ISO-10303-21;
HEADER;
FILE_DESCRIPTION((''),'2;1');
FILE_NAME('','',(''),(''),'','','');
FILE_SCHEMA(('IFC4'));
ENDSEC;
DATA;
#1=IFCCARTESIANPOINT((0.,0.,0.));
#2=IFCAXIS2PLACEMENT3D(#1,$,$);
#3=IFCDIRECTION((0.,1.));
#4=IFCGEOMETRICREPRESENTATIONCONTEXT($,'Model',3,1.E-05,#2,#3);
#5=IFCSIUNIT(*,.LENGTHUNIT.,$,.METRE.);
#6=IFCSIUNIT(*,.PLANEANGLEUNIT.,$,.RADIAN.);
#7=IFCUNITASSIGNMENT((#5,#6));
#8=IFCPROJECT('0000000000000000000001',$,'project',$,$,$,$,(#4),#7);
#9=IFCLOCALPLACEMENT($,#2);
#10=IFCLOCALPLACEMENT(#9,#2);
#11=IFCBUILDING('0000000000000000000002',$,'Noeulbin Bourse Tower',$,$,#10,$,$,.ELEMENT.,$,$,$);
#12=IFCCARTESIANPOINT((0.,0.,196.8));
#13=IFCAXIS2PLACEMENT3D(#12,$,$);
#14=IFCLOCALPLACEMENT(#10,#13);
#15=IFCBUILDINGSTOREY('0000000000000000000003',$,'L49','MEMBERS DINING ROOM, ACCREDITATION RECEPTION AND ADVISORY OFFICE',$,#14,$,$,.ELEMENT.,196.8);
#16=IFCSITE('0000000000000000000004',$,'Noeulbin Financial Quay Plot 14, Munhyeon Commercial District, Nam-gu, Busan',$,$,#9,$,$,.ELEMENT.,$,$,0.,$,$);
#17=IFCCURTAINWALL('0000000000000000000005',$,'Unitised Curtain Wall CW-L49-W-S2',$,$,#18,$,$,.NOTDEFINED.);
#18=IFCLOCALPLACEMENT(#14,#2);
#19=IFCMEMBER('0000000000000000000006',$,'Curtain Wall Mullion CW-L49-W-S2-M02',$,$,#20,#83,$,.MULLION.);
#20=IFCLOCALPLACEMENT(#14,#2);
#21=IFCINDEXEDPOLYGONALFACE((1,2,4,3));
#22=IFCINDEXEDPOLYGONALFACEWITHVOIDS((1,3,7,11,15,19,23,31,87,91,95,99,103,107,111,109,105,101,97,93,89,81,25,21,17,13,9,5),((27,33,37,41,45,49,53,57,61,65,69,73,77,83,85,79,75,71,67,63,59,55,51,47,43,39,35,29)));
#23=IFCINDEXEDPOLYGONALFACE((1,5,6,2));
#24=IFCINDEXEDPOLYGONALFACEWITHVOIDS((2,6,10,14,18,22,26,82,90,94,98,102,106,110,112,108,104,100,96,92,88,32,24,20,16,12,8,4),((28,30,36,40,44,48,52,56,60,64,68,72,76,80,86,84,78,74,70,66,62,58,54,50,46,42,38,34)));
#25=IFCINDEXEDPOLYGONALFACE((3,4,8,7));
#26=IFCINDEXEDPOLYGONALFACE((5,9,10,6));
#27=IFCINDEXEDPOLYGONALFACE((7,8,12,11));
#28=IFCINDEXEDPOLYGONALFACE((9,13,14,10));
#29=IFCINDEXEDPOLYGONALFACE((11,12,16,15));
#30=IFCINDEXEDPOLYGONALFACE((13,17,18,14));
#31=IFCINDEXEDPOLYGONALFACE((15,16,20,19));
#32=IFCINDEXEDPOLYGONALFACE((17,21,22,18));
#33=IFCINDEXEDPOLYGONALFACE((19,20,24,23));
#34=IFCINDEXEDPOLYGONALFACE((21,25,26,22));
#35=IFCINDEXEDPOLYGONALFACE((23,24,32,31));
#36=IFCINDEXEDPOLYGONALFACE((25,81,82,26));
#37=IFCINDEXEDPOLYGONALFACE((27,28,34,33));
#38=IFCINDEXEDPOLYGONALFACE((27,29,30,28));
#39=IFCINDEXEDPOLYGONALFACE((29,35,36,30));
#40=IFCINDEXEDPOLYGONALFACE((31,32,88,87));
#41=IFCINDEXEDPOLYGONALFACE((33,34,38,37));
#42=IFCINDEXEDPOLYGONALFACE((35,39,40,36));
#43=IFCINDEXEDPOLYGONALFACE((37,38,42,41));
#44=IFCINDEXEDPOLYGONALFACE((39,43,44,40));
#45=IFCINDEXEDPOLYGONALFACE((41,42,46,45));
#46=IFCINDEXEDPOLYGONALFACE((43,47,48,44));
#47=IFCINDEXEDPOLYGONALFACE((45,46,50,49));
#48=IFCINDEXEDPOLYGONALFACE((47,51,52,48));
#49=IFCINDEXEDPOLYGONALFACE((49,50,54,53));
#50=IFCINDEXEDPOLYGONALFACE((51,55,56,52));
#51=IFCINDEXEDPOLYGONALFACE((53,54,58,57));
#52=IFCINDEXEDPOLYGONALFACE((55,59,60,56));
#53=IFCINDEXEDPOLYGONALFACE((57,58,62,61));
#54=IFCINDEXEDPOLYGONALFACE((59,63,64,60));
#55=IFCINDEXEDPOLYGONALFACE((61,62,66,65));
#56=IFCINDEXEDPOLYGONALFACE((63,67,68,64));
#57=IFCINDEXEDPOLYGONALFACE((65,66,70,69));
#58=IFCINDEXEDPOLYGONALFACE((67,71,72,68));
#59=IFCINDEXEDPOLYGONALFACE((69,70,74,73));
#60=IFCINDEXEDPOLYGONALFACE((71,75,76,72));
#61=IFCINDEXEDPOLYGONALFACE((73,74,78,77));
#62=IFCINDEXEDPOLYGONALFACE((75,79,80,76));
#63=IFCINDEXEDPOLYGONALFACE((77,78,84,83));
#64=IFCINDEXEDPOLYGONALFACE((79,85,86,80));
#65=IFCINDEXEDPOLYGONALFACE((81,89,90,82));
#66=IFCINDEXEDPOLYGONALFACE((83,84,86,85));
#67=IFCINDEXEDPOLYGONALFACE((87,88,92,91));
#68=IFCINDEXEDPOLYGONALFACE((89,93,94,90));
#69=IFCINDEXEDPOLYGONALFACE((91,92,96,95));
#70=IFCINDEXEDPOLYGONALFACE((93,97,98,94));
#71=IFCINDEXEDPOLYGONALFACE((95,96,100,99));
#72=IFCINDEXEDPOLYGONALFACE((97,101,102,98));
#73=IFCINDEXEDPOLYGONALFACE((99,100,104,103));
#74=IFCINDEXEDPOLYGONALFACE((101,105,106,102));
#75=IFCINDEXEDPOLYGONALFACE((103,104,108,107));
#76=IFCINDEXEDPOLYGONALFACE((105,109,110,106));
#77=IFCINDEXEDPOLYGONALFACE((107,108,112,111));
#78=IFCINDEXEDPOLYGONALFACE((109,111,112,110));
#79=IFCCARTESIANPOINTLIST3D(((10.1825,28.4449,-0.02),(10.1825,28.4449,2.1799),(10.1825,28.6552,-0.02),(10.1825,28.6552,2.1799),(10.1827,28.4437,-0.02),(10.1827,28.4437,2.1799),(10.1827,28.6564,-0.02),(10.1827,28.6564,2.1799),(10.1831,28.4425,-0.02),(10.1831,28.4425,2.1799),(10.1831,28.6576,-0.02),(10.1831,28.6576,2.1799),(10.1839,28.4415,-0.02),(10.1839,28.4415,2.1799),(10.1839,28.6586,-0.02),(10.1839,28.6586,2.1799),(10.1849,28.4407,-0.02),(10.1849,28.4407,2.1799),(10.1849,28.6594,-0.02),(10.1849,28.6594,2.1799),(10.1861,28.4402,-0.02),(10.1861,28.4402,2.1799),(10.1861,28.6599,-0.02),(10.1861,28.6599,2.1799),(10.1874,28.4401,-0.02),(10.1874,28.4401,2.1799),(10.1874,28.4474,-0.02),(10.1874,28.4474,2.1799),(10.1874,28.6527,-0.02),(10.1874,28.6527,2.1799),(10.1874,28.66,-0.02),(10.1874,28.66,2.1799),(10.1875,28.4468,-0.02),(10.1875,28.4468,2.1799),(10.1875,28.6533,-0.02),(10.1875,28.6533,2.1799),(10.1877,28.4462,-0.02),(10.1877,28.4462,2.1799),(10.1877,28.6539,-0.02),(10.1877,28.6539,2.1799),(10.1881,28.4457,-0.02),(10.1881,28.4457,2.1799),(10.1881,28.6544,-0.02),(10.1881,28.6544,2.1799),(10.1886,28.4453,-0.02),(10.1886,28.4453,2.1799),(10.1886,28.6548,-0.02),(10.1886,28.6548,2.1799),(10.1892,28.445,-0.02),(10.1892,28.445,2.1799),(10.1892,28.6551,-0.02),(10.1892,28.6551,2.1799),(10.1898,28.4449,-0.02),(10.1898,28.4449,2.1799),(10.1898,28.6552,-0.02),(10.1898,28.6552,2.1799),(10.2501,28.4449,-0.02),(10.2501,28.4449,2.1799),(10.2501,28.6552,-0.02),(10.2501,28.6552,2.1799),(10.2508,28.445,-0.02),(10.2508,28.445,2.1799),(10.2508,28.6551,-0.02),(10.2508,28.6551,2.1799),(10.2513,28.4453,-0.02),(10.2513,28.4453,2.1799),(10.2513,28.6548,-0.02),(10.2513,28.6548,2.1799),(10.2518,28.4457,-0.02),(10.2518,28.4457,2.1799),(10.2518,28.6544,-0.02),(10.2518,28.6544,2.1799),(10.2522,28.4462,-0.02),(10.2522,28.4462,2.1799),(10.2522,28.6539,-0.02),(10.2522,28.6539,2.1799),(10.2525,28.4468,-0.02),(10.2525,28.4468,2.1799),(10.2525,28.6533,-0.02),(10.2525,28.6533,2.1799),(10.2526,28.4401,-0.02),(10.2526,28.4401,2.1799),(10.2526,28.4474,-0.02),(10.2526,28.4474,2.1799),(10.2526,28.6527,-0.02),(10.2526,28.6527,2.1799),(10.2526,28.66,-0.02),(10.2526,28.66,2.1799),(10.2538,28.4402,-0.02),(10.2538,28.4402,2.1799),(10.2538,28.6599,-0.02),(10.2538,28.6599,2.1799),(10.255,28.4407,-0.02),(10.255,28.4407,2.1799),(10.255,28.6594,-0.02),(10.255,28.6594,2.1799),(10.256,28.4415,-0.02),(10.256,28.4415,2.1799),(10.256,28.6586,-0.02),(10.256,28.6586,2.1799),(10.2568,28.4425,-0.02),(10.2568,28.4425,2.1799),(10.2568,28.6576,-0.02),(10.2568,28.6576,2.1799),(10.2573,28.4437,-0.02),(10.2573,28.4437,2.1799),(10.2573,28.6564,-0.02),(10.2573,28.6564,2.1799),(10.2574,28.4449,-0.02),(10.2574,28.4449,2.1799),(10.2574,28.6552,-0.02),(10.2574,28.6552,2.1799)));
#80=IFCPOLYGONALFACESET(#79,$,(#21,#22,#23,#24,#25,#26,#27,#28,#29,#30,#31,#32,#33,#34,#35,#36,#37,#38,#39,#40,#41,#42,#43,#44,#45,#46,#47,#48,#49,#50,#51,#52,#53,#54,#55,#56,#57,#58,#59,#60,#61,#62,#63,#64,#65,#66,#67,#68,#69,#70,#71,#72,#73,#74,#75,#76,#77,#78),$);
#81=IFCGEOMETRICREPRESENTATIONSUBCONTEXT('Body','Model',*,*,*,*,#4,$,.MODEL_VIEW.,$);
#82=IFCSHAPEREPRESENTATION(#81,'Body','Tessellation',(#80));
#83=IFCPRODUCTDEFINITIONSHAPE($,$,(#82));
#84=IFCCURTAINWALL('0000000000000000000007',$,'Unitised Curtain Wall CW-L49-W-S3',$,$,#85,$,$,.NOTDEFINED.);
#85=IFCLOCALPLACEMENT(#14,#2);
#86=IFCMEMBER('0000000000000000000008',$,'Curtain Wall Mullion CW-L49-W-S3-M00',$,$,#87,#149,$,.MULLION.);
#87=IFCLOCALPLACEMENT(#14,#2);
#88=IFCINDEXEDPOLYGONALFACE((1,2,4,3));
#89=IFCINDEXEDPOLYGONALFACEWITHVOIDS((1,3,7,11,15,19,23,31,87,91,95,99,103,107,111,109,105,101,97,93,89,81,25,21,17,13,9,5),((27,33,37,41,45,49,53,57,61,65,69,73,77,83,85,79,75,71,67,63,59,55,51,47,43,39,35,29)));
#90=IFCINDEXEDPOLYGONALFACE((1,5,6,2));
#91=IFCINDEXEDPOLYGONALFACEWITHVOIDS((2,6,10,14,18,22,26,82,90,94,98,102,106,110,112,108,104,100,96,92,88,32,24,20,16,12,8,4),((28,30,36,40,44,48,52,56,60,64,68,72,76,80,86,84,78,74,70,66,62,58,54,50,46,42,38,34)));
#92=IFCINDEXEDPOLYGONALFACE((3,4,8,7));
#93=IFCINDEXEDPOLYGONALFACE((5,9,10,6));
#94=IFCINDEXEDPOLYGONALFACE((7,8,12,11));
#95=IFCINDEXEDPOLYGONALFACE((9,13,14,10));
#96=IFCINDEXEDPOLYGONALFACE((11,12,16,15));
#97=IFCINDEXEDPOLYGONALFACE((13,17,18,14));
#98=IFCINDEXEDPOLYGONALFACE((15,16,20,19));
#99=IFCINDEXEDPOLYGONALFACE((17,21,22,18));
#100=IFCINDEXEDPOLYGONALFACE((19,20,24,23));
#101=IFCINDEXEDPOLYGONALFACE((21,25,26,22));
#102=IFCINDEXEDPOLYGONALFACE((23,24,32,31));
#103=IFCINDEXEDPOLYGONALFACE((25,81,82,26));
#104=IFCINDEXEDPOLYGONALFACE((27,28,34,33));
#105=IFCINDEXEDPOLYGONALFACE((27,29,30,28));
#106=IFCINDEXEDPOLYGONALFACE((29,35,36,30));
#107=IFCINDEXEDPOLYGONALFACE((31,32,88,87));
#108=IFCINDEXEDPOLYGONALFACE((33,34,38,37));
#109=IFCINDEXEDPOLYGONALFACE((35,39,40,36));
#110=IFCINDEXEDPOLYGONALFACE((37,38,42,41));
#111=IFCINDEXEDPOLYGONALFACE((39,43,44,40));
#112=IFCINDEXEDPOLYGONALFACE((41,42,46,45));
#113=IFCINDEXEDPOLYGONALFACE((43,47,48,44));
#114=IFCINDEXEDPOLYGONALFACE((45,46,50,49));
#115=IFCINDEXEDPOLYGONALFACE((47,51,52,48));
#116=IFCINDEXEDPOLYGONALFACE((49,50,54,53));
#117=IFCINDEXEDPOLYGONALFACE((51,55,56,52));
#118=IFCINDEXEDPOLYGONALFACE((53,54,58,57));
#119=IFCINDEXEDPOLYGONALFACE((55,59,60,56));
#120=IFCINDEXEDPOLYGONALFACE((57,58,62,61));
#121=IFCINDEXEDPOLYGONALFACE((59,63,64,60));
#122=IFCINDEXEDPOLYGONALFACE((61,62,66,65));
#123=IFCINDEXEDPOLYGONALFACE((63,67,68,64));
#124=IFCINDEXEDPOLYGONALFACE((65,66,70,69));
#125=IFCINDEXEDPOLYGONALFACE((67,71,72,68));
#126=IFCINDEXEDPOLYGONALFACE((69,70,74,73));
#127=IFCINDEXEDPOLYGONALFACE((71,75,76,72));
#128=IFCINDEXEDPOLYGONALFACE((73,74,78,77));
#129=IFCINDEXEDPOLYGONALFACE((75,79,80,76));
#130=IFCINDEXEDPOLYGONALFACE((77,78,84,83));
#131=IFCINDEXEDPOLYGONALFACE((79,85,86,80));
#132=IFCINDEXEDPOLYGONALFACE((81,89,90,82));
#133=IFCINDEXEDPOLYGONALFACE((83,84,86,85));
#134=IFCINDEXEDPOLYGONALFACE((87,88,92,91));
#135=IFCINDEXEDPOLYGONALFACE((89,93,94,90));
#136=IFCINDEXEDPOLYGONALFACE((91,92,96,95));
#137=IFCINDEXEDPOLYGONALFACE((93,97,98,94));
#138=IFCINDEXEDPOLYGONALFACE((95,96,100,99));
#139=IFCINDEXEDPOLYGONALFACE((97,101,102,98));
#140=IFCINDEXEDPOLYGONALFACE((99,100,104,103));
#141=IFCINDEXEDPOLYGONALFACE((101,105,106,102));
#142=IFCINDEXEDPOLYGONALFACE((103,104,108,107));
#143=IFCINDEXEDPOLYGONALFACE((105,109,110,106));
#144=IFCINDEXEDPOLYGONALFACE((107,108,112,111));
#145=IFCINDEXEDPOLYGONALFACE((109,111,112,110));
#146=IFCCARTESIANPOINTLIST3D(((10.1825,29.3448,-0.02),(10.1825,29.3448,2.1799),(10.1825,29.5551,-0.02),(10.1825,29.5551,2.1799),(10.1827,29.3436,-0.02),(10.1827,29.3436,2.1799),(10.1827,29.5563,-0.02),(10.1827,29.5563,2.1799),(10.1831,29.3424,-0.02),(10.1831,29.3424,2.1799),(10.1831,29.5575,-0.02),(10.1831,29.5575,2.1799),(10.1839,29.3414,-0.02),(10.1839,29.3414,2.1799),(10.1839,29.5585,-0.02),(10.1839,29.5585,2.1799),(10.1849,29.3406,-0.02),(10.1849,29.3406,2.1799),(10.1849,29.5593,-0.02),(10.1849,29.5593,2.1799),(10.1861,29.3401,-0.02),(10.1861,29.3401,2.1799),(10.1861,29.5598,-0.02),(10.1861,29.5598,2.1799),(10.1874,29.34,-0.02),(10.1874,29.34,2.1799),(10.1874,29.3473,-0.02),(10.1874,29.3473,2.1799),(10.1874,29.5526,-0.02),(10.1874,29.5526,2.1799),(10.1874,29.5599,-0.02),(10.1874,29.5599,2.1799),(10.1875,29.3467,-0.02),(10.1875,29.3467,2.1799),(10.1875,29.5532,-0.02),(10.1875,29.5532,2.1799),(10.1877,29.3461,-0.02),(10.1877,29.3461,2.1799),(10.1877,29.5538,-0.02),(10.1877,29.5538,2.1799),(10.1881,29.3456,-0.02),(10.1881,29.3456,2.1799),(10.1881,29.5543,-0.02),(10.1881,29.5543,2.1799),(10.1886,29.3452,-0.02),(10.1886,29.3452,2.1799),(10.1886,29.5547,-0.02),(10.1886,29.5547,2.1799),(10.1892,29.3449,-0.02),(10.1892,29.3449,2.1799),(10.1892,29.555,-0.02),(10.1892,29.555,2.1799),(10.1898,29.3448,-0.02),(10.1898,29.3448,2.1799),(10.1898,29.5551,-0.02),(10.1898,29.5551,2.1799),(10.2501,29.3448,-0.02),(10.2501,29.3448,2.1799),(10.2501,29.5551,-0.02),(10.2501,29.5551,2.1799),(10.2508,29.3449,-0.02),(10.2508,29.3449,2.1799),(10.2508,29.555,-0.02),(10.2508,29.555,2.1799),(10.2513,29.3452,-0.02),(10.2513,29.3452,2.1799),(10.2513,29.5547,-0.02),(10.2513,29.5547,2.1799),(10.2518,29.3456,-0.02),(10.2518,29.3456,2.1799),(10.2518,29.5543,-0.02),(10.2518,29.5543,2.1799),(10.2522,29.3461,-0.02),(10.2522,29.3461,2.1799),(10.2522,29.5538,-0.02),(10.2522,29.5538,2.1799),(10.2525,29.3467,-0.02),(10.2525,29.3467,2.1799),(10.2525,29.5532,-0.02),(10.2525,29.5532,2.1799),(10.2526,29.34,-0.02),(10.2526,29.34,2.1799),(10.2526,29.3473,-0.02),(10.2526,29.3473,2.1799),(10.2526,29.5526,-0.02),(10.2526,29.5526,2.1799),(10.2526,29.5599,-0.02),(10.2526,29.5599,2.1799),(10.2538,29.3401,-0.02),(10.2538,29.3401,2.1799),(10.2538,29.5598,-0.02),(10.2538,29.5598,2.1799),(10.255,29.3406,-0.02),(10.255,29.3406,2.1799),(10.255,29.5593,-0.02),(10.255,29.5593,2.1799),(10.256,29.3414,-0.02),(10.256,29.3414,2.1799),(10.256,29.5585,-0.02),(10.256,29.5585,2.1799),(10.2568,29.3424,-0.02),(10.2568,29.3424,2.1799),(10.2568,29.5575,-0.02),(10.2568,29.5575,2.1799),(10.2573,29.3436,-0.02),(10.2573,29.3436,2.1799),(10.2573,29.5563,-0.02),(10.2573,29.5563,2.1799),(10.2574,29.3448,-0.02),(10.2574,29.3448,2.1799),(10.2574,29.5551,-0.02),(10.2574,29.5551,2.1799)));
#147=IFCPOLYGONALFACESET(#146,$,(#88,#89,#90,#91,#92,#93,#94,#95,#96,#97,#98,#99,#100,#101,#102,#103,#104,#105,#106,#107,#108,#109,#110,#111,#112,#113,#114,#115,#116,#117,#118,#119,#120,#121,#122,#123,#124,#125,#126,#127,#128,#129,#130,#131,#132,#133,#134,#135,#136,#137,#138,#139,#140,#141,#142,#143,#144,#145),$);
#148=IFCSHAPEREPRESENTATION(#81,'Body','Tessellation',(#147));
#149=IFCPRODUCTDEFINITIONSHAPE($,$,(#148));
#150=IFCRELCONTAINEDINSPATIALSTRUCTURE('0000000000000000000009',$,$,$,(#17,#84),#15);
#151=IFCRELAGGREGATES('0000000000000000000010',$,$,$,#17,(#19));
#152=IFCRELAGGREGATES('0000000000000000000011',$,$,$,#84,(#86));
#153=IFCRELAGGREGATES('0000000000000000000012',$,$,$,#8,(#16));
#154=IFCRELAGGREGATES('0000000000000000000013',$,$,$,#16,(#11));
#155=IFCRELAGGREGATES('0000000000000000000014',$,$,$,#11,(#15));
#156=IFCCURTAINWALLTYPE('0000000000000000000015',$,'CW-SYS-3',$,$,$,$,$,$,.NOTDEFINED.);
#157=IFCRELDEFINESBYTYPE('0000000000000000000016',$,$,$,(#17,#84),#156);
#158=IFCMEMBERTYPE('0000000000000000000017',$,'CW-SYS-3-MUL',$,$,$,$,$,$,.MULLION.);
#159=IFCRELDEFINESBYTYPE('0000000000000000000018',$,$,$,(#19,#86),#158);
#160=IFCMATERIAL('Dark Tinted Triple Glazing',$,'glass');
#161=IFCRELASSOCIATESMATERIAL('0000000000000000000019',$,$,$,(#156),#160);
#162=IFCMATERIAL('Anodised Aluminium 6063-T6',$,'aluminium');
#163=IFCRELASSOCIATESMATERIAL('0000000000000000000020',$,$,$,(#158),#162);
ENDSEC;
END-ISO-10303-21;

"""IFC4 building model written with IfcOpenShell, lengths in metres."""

from ifc_helpers import new_model, si_unit, direction, frame, origin, origin_2d, place, context, subcontext, project, spatial, hollow_rectangle, extrude, material, material_profile, profile_set, type_object, element, aggregate, save


model = new_model("IFC4")

# Units and contexts
model_context = context("Model", 3, precision=1e-05, world=origin(), true_north=direction((0.0, 1.0)))
body_context = subcontext(model_context, "Body", "Model", "MODEL_VIEW")
ifc_project = project(units=[si_unit("LENGTHUNIT", "METRE"), si_unit("PLANEANGLEUNIT", "RADIAN")], contexts=[model_context])

# Site, building, storey
site_placement = place(None, origin())
site = spatial("IfcSite", under=ifc_project, at=site_placement, Name="Noeulbin Financial Quay Plot 14, Munhyeon Commercial District, Nam-gu, Busan", CompositionType="ELEMENT", RefElevation=0.0)
building_placement = place(site_placement, origin())
building = spatial("IfcBuilding", under=site, at=building_placement, Name="Noeulbin Bourse Tower", CompositionType="ELEMENT")
storey_placement = place(building_placement, frame((0.0, 0.0, 196.8)))
storey = spatial("IfcBuildingStorey", under=building, at=storey_placement, Name="L49", Description="MEMBERS DINING ROOM, ACCREDITATION RECEPTION AND ADVISORY OFFICE", CompositionType="ELEMENT", Elevation=196.8)

# Curtain wall, member
ifc_material_1 = material(Name="Dark Tinted Triple Glazing", Category="glass")
curtain_wall_type = type_object("IfcCurtainWallType", Name="CW-SYS-3", PredefinedType="NOTDEFINED", material=ifc_material_1)
curtain_wall_1_placement = place(storey_placement, origin())
curtain_wall_1 = element("IfcCurtainWall", 1, at=curtain_wall_1_placement, inside=storey, type_object=curtain_wall_type, Name="Unitised Curtain Wall CW-L49-W-S2", PredefinedType="NOTDEFINED")
ifc_material_2 = material(Name="Anodised Aluminium 6063-T6", Category="aluminium")
ifc_material_profile_1 = material_profile(ifc_material_2, hollow_rectangle(XDim=0.075, YDim=0.22, WallThickness=0.0049, InnerFilletRadius=0.0024, OuterFilletRadius=0.0049, at=origin_2d()), Name="ALU-MULL-75x220x5", Category="LoadBearing")
ifc_profile_set_1 = profile_set([ifc_material_profile_1], Name="Anodised Aluminium 6063-T6")
member_type_1 = type_object("IfcMemberType", Name="CW-SYS-3-MUL", PredefinedType="MULLION", material=ifc_profile_set_1)
member_1_placement = place(storey_placement, frame((10.22, 28.55, -0.02), z_axis=(0.0, 0.0, 1.0), x_axis=(1.0, 0.0, 0.0)))
member_1 = element("IfcMember", 2, at=member_1_placement, type_object=member_type_1, Name="Curtain Wall Mullion CW-L49-W-S2-M02", PredefinedType="MULLION", context=body_context, shape_type="SweptSolid", body=[
    extrude(hollow_rectangle(XDim=0.075, YDim=0.22, WallThickness=0.0049, InnerFilletRadius=0.0024, OuterFilletRadius=0.0049, at=origin_2d()), origin(), (0.0, 0.0, 1.0), 2.2),
])

# Curtain wall, member
curtain_wall_2_placement = place(storey_placement, origin())
curtain_wall_2 = element("IfcCurtainWall", 3, at=curtain_wall_2_placement, inside=storey, type_object=curtain_wall_type, Name="Unitised Curtain Wall CW-L49-W-S3", PredefinedType="NOTDEFINED")
member_2_placement = place(storey_placement, frame((10.22, 29.45, -0.02), z_axis=(0.0, 0.0, 1.0), x_axis=(1.0, 0.0, 0.0)))
member_2 = element("IfcMember", 4, at=member_2_placement, type_object=member_type_1, Name="Curtain Wall Mullion CW-L49-W-S3-M00", PredefinedType="MULLION", context=body_context, shape_type="SweptSolid", body=[
    extrude(hollow_rectangle(XDim=0.075, YDim=0.22, WallThickness=0.0049, InnerFilletRadius=0.0024, OuterFilletRadius=0.0049, at=origin_2d()), origin(), (0.0, 0.0, 1.0), 2.2),
])

aggregate(curtain_wall_1, [member_1])
aggregate(curtain_wall_2, [member_2])

save(model, "model.ifc")
